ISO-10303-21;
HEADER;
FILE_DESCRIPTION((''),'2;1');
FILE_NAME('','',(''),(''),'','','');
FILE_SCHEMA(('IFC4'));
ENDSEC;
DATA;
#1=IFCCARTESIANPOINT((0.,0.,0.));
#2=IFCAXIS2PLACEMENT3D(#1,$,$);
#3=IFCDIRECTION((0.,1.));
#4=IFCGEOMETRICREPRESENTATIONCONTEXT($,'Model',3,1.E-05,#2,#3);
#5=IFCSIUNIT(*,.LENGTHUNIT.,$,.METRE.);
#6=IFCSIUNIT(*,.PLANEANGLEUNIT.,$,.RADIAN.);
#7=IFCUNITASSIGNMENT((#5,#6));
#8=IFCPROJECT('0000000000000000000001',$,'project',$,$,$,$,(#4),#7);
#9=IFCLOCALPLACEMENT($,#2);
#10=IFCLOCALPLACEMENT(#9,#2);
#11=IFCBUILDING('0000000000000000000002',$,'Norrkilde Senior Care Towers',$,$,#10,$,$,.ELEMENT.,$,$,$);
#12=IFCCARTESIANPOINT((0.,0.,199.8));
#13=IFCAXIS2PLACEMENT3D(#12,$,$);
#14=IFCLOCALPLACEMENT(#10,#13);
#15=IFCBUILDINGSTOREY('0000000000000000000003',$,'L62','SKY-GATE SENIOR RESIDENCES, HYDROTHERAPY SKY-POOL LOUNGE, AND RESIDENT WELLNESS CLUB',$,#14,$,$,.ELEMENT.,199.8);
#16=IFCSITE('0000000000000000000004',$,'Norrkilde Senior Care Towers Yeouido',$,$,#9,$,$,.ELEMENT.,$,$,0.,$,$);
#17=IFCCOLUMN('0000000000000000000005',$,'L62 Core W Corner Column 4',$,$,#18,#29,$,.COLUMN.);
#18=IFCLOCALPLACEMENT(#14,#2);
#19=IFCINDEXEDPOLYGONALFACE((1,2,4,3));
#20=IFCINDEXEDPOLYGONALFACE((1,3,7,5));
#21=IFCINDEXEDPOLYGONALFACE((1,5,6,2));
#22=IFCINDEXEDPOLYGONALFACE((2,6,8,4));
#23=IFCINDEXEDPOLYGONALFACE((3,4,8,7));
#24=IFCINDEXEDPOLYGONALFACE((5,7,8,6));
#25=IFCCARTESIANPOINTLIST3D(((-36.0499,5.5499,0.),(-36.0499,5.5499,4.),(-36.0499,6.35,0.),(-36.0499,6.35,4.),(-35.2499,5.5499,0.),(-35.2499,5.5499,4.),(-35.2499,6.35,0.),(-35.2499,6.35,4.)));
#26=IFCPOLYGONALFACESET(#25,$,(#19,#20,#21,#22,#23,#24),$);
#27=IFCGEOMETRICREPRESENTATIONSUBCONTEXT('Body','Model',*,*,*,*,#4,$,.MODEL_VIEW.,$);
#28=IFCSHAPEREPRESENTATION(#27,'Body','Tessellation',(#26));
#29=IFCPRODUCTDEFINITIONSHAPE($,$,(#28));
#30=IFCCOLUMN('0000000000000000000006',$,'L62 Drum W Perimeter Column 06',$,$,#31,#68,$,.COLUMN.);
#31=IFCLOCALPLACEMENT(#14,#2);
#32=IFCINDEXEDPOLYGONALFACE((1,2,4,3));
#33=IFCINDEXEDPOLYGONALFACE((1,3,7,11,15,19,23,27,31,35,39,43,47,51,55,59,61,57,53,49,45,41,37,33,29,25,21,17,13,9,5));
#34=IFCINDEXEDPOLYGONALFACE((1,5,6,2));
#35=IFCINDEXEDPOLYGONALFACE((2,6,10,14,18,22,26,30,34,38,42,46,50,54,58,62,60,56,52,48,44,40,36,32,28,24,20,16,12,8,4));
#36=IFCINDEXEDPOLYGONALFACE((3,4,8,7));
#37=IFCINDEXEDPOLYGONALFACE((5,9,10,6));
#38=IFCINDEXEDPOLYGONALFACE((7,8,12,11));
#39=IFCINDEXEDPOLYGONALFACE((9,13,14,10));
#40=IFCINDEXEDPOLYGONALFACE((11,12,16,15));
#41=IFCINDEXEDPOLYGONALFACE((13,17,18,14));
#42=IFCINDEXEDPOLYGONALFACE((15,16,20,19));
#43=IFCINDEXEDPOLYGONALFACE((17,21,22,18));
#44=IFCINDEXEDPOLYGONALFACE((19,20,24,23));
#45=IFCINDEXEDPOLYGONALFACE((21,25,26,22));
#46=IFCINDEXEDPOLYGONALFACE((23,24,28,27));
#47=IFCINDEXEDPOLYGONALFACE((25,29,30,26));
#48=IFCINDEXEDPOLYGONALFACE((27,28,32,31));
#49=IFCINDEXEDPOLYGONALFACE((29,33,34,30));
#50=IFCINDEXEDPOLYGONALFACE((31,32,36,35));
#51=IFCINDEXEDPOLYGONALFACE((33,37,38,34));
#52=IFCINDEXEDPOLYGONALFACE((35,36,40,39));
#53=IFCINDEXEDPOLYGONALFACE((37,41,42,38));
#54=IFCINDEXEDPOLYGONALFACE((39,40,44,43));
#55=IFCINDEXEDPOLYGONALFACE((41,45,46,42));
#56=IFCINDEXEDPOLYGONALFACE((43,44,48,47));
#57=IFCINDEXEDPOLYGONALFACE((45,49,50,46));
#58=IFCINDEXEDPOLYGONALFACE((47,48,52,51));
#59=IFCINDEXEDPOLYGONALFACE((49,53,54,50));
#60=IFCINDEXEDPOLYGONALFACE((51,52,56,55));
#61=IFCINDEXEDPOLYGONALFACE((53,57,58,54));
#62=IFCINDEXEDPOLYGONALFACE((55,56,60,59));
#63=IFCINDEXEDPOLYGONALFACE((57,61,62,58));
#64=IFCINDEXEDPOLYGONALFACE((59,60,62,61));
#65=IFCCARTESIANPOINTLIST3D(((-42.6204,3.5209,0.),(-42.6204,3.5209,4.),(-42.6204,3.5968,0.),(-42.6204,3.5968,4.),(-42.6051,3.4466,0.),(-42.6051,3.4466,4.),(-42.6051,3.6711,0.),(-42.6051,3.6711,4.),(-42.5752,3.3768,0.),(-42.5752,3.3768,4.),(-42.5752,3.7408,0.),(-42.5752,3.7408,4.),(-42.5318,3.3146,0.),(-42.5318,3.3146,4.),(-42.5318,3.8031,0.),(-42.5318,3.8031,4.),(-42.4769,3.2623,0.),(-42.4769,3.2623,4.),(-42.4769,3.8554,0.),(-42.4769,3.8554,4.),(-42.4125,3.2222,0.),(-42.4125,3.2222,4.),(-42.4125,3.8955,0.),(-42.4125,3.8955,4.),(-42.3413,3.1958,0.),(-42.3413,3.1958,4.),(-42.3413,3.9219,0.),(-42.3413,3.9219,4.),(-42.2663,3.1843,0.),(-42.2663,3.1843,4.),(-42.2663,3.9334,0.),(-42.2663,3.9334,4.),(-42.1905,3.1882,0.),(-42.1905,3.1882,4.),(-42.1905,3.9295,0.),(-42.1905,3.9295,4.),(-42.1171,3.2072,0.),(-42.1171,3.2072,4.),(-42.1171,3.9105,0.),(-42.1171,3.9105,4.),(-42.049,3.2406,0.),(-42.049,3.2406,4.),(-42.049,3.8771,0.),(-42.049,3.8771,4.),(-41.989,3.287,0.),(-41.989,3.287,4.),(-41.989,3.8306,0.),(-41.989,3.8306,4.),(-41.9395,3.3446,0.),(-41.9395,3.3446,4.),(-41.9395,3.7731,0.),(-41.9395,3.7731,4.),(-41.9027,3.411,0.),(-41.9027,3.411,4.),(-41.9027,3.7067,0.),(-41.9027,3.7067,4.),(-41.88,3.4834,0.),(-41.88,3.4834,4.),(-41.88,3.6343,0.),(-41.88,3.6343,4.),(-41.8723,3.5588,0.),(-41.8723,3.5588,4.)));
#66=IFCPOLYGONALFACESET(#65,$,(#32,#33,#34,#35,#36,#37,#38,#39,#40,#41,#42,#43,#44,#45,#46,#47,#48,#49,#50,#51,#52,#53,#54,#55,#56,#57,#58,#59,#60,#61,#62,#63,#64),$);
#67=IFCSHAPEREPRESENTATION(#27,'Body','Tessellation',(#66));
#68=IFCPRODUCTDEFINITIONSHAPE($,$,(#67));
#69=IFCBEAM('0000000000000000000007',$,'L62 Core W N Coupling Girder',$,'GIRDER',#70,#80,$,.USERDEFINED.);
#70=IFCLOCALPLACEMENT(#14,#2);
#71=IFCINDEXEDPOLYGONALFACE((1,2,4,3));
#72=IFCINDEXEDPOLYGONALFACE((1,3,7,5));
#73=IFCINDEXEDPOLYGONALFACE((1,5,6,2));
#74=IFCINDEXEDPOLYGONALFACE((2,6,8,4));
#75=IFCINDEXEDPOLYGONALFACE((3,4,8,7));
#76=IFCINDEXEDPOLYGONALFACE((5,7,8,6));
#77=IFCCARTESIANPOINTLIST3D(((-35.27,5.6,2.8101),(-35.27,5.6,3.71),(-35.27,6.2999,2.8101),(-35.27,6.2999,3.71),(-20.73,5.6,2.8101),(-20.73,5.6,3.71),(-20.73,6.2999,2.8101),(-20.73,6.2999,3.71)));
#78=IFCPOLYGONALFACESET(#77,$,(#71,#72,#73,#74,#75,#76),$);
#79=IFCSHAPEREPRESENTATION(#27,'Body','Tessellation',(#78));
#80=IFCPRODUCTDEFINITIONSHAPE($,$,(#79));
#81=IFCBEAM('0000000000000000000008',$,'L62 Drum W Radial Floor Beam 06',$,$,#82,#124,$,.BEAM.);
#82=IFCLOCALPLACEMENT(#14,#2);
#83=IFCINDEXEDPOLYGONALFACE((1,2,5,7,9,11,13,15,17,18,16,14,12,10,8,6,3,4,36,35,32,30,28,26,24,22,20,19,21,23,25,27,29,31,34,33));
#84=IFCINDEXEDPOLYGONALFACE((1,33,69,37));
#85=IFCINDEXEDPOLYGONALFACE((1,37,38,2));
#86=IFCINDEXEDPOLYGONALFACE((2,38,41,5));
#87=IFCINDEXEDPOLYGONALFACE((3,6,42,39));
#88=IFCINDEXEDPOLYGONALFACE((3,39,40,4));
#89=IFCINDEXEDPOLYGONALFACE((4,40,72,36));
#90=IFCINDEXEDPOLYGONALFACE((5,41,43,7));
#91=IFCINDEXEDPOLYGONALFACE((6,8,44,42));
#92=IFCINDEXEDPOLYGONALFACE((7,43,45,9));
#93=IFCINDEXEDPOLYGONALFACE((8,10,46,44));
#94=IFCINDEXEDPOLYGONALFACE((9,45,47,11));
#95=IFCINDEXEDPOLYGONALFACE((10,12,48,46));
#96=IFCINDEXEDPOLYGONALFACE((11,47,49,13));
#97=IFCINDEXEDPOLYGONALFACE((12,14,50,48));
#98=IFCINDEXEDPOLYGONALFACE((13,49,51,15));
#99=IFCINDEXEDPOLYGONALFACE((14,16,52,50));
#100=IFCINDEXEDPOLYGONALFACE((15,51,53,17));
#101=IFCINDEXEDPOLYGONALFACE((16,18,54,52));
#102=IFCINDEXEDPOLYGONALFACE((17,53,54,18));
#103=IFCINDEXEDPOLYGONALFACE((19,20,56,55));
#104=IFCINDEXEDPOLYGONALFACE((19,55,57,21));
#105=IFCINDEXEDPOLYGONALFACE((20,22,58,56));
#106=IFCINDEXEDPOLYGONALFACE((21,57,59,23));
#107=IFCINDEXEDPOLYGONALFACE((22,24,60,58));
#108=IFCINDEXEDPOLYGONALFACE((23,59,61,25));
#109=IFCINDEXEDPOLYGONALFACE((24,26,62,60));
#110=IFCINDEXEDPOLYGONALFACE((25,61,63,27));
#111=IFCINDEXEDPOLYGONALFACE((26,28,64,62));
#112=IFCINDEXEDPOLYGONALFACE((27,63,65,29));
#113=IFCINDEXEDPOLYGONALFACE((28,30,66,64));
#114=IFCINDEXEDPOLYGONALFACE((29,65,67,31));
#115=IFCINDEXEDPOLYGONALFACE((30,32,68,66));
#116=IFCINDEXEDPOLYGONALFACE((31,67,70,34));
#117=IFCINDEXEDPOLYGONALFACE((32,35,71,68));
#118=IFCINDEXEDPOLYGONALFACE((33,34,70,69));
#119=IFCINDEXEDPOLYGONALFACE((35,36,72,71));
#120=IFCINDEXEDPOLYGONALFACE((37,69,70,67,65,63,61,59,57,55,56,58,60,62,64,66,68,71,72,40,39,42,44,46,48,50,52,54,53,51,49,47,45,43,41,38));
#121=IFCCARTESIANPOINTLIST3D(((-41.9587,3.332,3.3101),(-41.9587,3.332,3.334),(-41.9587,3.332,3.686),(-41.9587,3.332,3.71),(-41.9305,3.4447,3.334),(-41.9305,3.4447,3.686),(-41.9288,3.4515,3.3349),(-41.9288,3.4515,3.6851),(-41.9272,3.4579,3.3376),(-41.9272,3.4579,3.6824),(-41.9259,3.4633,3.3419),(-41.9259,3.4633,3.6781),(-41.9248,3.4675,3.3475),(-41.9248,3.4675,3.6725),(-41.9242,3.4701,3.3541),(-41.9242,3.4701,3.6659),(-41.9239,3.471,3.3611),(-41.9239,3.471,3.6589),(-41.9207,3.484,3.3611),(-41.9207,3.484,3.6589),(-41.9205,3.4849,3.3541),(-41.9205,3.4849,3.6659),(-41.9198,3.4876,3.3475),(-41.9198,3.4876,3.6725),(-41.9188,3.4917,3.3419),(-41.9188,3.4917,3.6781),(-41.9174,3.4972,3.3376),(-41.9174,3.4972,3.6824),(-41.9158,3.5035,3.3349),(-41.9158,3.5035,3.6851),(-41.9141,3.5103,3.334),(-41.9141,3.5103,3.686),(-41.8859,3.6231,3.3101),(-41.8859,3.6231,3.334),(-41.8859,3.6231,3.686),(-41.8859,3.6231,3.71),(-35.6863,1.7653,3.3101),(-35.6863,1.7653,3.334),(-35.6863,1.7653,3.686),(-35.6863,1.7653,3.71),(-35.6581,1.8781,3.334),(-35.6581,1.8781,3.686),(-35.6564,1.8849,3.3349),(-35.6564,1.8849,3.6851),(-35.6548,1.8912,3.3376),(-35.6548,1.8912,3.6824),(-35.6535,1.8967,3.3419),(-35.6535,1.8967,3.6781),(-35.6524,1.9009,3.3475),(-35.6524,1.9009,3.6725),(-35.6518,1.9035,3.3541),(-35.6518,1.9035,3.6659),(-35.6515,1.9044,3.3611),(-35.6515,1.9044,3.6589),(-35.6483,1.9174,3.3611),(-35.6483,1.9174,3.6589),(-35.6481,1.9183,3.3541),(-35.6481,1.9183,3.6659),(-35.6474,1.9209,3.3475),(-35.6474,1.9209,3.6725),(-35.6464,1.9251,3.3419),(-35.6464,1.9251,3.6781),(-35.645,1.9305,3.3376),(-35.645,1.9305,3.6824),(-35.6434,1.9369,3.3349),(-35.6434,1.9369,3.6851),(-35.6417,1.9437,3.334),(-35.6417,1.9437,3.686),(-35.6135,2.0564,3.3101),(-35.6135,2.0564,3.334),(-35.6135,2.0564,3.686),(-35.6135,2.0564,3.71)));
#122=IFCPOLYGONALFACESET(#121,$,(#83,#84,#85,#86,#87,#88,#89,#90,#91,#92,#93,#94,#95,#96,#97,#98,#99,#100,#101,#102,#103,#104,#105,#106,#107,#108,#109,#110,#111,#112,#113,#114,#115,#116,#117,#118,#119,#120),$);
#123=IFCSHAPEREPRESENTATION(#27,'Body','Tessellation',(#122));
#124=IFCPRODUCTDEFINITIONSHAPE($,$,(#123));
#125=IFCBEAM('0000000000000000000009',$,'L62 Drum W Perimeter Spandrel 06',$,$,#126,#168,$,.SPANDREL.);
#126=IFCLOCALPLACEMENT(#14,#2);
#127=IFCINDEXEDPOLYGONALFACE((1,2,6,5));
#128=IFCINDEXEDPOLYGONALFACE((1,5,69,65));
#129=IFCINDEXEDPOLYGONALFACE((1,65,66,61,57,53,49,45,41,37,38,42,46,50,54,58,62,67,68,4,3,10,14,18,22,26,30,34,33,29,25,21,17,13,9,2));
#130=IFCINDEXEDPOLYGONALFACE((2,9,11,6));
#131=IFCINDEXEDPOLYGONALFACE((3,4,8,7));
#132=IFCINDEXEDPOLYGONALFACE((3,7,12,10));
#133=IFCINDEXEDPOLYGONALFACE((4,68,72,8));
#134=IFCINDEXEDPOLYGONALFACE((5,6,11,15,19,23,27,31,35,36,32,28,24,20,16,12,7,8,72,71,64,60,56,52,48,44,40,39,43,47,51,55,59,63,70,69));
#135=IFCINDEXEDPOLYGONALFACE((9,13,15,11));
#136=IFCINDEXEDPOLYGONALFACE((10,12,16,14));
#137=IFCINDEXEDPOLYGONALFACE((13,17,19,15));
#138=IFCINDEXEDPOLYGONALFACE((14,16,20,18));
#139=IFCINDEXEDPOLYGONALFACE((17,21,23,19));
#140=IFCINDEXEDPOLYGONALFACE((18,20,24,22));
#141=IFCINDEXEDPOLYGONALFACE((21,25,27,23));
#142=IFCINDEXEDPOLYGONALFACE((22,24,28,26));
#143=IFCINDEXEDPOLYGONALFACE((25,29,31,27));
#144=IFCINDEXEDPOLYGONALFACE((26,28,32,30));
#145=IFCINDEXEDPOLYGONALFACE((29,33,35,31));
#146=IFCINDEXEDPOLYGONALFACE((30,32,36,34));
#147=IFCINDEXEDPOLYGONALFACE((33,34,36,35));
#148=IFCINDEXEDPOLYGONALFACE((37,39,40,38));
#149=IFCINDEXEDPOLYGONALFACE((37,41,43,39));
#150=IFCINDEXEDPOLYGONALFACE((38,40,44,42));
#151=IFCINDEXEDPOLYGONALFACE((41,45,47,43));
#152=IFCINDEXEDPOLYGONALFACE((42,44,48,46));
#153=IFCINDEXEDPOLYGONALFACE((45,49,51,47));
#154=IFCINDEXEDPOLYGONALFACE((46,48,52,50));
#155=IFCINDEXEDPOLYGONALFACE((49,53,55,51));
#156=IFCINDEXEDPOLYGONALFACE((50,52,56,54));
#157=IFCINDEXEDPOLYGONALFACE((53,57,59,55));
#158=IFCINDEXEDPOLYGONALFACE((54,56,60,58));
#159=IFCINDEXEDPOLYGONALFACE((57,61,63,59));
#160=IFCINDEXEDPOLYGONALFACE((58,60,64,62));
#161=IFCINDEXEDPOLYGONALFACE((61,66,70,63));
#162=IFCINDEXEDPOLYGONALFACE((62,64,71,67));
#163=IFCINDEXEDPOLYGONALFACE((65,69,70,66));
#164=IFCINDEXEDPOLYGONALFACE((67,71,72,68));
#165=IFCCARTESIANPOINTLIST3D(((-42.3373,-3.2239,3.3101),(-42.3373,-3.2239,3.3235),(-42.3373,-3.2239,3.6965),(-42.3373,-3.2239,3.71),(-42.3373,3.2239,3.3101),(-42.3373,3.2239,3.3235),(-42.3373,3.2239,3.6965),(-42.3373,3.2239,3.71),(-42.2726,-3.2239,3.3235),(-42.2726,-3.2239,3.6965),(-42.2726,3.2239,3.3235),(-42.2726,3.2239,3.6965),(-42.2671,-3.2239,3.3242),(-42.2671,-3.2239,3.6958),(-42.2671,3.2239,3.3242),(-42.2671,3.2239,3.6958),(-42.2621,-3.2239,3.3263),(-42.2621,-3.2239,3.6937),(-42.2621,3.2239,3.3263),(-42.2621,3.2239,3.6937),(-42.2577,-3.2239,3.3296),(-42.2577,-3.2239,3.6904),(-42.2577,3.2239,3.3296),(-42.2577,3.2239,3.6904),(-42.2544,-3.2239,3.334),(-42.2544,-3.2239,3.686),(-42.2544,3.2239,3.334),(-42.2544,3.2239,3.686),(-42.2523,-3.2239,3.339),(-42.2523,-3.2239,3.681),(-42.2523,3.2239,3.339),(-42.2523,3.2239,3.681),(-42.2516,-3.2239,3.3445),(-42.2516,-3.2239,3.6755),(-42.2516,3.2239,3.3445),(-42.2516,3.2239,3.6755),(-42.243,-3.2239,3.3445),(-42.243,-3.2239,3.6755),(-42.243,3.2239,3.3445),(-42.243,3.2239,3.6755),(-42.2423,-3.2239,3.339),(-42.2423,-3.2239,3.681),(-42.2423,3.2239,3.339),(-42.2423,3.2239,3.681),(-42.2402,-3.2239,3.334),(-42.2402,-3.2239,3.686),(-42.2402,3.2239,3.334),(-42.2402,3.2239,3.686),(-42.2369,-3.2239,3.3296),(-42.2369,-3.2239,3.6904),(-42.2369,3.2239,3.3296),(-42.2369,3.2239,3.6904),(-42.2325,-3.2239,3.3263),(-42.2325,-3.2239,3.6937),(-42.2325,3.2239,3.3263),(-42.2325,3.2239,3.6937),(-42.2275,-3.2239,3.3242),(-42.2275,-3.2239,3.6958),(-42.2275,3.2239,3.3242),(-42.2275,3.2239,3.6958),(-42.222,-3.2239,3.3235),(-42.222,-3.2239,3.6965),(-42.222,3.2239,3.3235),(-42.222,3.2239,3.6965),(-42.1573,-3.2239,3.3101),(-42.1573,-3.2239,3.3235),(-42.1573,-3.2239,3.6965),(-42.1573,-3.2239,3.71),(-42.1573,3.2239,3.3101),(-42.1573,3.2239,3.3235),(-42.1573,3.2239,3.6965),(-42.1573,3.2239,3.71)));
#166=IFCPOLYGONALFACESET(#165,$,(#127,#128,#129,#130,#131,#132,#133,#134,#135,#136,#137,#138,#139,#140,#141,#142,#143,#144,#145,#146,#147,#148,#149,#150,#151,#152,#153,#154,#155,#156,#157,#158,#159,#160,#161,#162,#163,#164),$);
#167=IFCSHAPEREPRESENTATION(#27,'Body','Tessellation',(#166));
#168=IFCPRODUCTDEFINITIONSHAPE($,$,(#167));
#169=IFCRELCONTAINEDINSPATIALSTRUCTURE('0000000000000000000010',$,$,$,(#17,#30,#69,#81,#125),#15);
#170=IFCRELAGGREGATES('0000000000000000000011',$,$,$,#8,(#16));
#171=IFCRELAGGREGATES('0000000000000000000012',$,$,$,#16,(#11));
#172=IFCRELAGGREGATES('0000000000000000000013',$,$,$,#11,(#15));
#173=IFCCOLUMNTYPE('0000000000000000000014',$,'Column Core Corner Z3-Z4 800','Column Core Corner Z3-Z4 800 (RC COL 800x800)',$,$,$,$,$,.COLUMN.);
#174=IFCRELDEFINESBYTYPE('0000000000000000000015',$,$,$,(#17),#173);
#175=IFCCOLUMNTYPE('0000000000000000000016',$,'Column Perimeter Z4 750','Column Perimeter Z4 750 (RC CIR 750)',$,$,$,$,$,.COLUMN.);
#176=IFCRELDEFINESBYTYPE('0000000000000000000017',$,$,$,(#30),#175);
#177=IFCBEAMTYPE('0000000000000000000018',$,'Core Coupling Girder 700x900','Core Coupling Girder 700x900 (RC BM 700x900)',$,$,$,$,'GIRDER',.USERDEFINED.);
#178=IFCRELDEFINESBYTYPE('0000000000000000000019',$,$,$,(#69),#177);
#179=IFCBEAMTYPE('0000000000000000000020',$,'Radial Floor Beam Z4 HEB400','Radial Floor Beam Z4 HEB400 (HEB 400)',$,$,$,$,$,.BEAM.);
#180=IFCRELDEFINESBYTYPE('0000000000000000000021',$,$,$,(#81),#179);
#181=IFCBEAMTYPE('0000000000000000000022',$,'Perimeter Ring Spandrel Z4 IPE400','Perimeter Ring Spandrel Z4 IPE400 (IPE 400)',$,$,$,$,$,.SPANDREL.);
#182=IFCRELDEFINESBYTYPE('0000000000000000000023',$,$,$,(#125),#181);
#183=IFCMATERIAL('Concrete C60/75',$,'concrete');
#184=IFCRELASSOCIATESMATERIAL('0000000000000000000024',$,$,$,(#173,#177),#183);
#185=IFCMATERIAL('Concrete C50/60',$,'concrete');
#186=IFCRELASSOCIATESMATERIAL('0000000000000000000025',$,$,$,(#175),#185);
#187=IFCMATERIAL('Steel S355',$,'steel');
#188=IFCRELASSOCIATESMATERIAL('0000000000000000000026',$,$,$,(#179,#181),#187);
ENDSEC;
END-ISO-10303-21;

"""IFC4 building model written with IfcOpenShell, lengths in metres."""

from ifc_helpers import new_model, si_unit, direction, frame, origin, origin_2d, place, context, subcontext, project, spatial, rectangle, circle, i_section, extrude, source, transform, mapped, material, material_profile, profile_set, type_object, type_shapes, element, save


model = new_model("IFC4")

# Units and contexts
model_context = context("Model", 3, precision=1e-05, world=origin(), true_north=direction((0.0, 1.0)))
body_context = subcontext(model_context, "Body", "Model", "MODEL_VIEW")
ifc_project = project(units=[si_unit("LENGTHUNIT", "METRE"), si_unit("PLANEANGLEUNIT", "RADIAN")], contexts=[model_context])

# Site, building, storey
site_placement = place(None, origin())
site = spatial("IfcSite", under=ifc_project, at=site_placement, Name="Norrkilde Senior Care Towers Yeouido", CompositionType="ELEMENT", RefElevation=0.0)
building_placement = place(site_placement, origin())
building = spatial("IfcBuilding", under=site, at=building_placement, Name="Norrkilde Senior Care Towers", CompositionType="ELEMENT")
storey_placement = place(building_placement, frame((0.0, 0.0, 199.8)))
storey = spatial("IfcBuildingStorey", under=building, at=storey_placement, Name="L62", Description="SKY-GATE SENIOR RESIDENCES, HYDROTHERAPY SKY-POOL LOUNGE, AND RESIDENT WELLNESS CLUB", CompositionType="ELEMENT", Elevation=199.8)

# Columns
ifc_material_1 = material(Name="Concrete C60/75", Category="concrete")
ifc_material_profile_1 = material_profile(ifc_material_1, rectangle(XDim=0.8, YDim=0.8, at=origin_2d()), Name="RC COL 800x800")
ifc_profile_set_1 = profile_set([ifc_material_profile_1], Name="Concrete C60/75")
column_type_1 = type_object("IfcColumnType", Name="Column Core Corner Z3-Z4 800", Description="Column Core Corner Z3-Z4 800 (RC COL 800x800)", PredefinedType="COLUMN", material=ifc_profile_set_1)
shared_shape_1 = source(origin(), body_context, "Body", "SweptSolid", [
    extrude(rectangle(XDim=0.8, YDim=0.8, at=origin_2d()), origin(), (0.0, 0.0, 1.0), 4.0),
])
type_shapes(column_type_1, [shared_shape_1])
column_1_placement = place(storey_placement, frame((-35.6499, 5.95, 0.0), z_axis=(0.0, 0.0, 1.0), x_axis=(1.0, 0.0, 0.0)))
element("IfcColumn", 1, at=column_1_placement, inside=storey, type_object=column_type_1, Name="L62 Core W Corner Column 4", PredefinedType="COLUMN", context=body_context, shape_type="MappedRepresentation", body=[
    mapped(shared_shape_1, transform((0.0, 0.0, 0.0), x_axis=(1.0, 0.0, 0.0), y_axis=(0.0, 1.0, 0.0), z_axis=(0.0, 0.0, 1.0), scale=1.0)),
])
ifc_material_2 = material(Name="Concrete C50/60", Category="concrete")
ifc_material_profile_2 = material_profile(ifc_material_2, circle(Radius=0.375, at=origin_2d()), Name="RC CIR 750")
ifc_profile_set_2 = profile_set([ifc_material_profile_2], Name="Concrete C50/60")
column_type_2 = type_object("IfcColumnType", Name="Column Perimeter Z4 750", Description="Column Perimeter Z4 750 (RC CIR 750)", PredefinedType="COLUMN", material=ifc_profile_set_2)
shared_shape_2 = source(origin(), body_context, "Body", "SweptSolid", [
    extrude(circle(Radius=0.375, at=origin_2d()), origin(), (0.0, 0.0, 1.0), 4.0),
])
type_shapes(column_type_2, [shared_shape_2])
column_2_placement = place(storey_placement, frame((-42.2473, 3.5588, 0.0), z_axis=(0.0, 0.0, 1.0), x_axis=(1.0, 0.0, 0.0)))
element("IfcColumn", 2, at=column_2_placement, inside=storey, type_object=column_type_2, Name="L62 Drum W Perimeter Column 06", PredefinedType="COLUMN", context=body_context, shape_type="MappedRepresentation", body=[
    mapped(shared_shape_2, transform((0.0, 0.0, 0.0), x_axis=(1.0, 0.0, 0.0), y_axis=(0.0, 1.0, 0.0), z_axis=(0.0, 0.0, 1.0), scale=1.0)),
])

# Beams
ifc_material_profile_3 = material_profile(ifc_material_1, rectangle(XDim=0.7, YDim=0.8999, at=origin_2d()), Name="RC BM 700x900")
ifc_profile_set_3 = profile_set([ifc_material_profile_3], Name="Concrete C60/75")
beam_type_1 = type_object("IfcBeamType", Name="Core Coupling Girder 700x900", Description="Core Coupling Girder 700x900 (RC BM 700x900)", ElementType="GIRDER", PredefinedType="USERDEFINED", material=ifc_profile_set_3)
shared_shape_3 = source(origin(), body_context, "Body", "SweptSolid", [
    extrude(rectangle(XDim=0.7, YDim=0.8999, at=origin_2d()), origin(), (0.0, 0.0, 1.0), 14.54),
])
type_shapes(beam_type_1, [shared_shape_3])
beam_1_placement = place(storey_placement, frame((-35.27, 5.95, 3.26), z_axis=(1.0, 0.0, 0.0), x_axis=(0.0, 1.0, 0.0)))
element("IfcBeam", 3, at=beam_1_placement, inside=storey, type_object=beam_type_1, Name="L62 Core W N Coupling Girder", ObjectType="GIRDER", PredefinedType="USERDEFINED", context=body_context, shape_type="MappedRepresentation", body=[
    mapped(shared_shape_3, transform((0.0, 0.0, 0.0), x_axis=(1.0, 0.0, 0.0), y_axis=(0.0, 1.0, 0.0), z_axis=(0.0, 0.0, 1.0), scale=1.0)),
])
ifc_material_3 = material(Name="Steel S355", Category="steel")
ifc_material_profile_4 = material_profile(ifc_material_3, i_section(OverallWidth=0.3, OverallDepth=0.3999, WebThickness=0.0134, FlangeThickness=0.0239, FilletRadius=0.0271, at=origin_2d()), Name="HEB 400")
ifc_profile_set_4 = profile_set([ifc_material_profile_4], Name="Steel S355")
beam_type_2 = type_object("IfcBeamType", Name="Radial Floor Beam Z4 HEB400", Description="Radial Floor Beam Z4 HEB400 (HEB 400)", PredefinedType="BEAM", material=ifc_profile_set_4)
shared_shape_4 = source(origin(), body_context, "Body", "SweptSolid", [
    extrude(i_section(OverallWidth=0.3, OverallDepth=0.3999, WebThickness=0.0134, FlangeThickness=0.0239, FilletRadius=0.0271, at=origin_2d()), origin(), (0.0, 0.0, 1.0), 6.4651),
])
type_shapes(beam_type_2, [shared_shape_4])
beam_2_placement = place(storey_placement, frame((-35.6499, 1.9109, 3.51), z_axis=(-0.970196, 0.242322, 0.0), x_axis=(-0.242322, -0.970196, 0.0)))
element("IfcBeam", 4, at=beam_2_placement, inside=storey, type_object=beam_type_2, Name="L62 Drum W Radial Floor Beam 06", PredefinedType="BEAM", context=body_context, shape_type="MappedRepresentation", body=[
    mapped(shared_shape_4, transform((0.0, 0.0, 0.0), x_axis=(1.0, 0.0, 0.0), y_axis=(0.0, 1.0, 0.0), z_axis=(0.0, 0.0, 1.0), scale=1.0)),
])
ifc_material_profile_5 = material_profile(ifc_material_3, i_section(OverallWidth=0.1799, OverallDepth=0.3999, WebThickness=0.0085, FlangeThickness=0.0134, FilletRadius=0.021, at=origin_2d()), Name="IPE 400")
ifc_profile_set_5 = profile_set([ifc_material_profile_5], Name="Steel S355")
beam_type_3 = type_object("IfcBeamType", Name="Perimeter Ring Spandrel Z4 IPE400", Description="Perimeter Ring Spandrel Z4 IPE400 (IPE 400)", PredefinedType="SPANDREL", material=ifc_profile_set_5)
shared_shape_5 = source(origin(), body_context, "Body", "SweptSolid", [
    extrude(i_section(OverallWidth=0.1799, OverallDepth=0.3999, WebThickness=0.0085, FlangeThickness=0.0134, FilletRadius=0.021, at=origin_2d()), origin(), (0.0, 0.0, 1.0), 6.4478),
])
type_shapes(beam_type_3, [shared_shape_5])
beam_3_placement = place(storey_placement, frame((-42.2473, 3.2239, 3.51), z_axis=(0.0, -1.0, 0.0), x_axis=(1.0, 0.0, 0.0)))
element("IfcBeam", 5, at=beam_3_placement, inside=storey, type_object=beam_type_3, Name="L62 Drum W Perimeter Spandrel 06", PredefinedType="SPANDREL", context=body_context, shape_type="MappedRepresentation", body=[
    mapped(shared_shape_5, transform((0.0, 0.0, 0.0), x_axis=(1.0, 0.0, 0.0), y_axis=(0.0, 1.0, 0.0), z_axis=(0.0, 0.0, 1.0), scale=1.0)),
])

save(model, "model.ifc")
